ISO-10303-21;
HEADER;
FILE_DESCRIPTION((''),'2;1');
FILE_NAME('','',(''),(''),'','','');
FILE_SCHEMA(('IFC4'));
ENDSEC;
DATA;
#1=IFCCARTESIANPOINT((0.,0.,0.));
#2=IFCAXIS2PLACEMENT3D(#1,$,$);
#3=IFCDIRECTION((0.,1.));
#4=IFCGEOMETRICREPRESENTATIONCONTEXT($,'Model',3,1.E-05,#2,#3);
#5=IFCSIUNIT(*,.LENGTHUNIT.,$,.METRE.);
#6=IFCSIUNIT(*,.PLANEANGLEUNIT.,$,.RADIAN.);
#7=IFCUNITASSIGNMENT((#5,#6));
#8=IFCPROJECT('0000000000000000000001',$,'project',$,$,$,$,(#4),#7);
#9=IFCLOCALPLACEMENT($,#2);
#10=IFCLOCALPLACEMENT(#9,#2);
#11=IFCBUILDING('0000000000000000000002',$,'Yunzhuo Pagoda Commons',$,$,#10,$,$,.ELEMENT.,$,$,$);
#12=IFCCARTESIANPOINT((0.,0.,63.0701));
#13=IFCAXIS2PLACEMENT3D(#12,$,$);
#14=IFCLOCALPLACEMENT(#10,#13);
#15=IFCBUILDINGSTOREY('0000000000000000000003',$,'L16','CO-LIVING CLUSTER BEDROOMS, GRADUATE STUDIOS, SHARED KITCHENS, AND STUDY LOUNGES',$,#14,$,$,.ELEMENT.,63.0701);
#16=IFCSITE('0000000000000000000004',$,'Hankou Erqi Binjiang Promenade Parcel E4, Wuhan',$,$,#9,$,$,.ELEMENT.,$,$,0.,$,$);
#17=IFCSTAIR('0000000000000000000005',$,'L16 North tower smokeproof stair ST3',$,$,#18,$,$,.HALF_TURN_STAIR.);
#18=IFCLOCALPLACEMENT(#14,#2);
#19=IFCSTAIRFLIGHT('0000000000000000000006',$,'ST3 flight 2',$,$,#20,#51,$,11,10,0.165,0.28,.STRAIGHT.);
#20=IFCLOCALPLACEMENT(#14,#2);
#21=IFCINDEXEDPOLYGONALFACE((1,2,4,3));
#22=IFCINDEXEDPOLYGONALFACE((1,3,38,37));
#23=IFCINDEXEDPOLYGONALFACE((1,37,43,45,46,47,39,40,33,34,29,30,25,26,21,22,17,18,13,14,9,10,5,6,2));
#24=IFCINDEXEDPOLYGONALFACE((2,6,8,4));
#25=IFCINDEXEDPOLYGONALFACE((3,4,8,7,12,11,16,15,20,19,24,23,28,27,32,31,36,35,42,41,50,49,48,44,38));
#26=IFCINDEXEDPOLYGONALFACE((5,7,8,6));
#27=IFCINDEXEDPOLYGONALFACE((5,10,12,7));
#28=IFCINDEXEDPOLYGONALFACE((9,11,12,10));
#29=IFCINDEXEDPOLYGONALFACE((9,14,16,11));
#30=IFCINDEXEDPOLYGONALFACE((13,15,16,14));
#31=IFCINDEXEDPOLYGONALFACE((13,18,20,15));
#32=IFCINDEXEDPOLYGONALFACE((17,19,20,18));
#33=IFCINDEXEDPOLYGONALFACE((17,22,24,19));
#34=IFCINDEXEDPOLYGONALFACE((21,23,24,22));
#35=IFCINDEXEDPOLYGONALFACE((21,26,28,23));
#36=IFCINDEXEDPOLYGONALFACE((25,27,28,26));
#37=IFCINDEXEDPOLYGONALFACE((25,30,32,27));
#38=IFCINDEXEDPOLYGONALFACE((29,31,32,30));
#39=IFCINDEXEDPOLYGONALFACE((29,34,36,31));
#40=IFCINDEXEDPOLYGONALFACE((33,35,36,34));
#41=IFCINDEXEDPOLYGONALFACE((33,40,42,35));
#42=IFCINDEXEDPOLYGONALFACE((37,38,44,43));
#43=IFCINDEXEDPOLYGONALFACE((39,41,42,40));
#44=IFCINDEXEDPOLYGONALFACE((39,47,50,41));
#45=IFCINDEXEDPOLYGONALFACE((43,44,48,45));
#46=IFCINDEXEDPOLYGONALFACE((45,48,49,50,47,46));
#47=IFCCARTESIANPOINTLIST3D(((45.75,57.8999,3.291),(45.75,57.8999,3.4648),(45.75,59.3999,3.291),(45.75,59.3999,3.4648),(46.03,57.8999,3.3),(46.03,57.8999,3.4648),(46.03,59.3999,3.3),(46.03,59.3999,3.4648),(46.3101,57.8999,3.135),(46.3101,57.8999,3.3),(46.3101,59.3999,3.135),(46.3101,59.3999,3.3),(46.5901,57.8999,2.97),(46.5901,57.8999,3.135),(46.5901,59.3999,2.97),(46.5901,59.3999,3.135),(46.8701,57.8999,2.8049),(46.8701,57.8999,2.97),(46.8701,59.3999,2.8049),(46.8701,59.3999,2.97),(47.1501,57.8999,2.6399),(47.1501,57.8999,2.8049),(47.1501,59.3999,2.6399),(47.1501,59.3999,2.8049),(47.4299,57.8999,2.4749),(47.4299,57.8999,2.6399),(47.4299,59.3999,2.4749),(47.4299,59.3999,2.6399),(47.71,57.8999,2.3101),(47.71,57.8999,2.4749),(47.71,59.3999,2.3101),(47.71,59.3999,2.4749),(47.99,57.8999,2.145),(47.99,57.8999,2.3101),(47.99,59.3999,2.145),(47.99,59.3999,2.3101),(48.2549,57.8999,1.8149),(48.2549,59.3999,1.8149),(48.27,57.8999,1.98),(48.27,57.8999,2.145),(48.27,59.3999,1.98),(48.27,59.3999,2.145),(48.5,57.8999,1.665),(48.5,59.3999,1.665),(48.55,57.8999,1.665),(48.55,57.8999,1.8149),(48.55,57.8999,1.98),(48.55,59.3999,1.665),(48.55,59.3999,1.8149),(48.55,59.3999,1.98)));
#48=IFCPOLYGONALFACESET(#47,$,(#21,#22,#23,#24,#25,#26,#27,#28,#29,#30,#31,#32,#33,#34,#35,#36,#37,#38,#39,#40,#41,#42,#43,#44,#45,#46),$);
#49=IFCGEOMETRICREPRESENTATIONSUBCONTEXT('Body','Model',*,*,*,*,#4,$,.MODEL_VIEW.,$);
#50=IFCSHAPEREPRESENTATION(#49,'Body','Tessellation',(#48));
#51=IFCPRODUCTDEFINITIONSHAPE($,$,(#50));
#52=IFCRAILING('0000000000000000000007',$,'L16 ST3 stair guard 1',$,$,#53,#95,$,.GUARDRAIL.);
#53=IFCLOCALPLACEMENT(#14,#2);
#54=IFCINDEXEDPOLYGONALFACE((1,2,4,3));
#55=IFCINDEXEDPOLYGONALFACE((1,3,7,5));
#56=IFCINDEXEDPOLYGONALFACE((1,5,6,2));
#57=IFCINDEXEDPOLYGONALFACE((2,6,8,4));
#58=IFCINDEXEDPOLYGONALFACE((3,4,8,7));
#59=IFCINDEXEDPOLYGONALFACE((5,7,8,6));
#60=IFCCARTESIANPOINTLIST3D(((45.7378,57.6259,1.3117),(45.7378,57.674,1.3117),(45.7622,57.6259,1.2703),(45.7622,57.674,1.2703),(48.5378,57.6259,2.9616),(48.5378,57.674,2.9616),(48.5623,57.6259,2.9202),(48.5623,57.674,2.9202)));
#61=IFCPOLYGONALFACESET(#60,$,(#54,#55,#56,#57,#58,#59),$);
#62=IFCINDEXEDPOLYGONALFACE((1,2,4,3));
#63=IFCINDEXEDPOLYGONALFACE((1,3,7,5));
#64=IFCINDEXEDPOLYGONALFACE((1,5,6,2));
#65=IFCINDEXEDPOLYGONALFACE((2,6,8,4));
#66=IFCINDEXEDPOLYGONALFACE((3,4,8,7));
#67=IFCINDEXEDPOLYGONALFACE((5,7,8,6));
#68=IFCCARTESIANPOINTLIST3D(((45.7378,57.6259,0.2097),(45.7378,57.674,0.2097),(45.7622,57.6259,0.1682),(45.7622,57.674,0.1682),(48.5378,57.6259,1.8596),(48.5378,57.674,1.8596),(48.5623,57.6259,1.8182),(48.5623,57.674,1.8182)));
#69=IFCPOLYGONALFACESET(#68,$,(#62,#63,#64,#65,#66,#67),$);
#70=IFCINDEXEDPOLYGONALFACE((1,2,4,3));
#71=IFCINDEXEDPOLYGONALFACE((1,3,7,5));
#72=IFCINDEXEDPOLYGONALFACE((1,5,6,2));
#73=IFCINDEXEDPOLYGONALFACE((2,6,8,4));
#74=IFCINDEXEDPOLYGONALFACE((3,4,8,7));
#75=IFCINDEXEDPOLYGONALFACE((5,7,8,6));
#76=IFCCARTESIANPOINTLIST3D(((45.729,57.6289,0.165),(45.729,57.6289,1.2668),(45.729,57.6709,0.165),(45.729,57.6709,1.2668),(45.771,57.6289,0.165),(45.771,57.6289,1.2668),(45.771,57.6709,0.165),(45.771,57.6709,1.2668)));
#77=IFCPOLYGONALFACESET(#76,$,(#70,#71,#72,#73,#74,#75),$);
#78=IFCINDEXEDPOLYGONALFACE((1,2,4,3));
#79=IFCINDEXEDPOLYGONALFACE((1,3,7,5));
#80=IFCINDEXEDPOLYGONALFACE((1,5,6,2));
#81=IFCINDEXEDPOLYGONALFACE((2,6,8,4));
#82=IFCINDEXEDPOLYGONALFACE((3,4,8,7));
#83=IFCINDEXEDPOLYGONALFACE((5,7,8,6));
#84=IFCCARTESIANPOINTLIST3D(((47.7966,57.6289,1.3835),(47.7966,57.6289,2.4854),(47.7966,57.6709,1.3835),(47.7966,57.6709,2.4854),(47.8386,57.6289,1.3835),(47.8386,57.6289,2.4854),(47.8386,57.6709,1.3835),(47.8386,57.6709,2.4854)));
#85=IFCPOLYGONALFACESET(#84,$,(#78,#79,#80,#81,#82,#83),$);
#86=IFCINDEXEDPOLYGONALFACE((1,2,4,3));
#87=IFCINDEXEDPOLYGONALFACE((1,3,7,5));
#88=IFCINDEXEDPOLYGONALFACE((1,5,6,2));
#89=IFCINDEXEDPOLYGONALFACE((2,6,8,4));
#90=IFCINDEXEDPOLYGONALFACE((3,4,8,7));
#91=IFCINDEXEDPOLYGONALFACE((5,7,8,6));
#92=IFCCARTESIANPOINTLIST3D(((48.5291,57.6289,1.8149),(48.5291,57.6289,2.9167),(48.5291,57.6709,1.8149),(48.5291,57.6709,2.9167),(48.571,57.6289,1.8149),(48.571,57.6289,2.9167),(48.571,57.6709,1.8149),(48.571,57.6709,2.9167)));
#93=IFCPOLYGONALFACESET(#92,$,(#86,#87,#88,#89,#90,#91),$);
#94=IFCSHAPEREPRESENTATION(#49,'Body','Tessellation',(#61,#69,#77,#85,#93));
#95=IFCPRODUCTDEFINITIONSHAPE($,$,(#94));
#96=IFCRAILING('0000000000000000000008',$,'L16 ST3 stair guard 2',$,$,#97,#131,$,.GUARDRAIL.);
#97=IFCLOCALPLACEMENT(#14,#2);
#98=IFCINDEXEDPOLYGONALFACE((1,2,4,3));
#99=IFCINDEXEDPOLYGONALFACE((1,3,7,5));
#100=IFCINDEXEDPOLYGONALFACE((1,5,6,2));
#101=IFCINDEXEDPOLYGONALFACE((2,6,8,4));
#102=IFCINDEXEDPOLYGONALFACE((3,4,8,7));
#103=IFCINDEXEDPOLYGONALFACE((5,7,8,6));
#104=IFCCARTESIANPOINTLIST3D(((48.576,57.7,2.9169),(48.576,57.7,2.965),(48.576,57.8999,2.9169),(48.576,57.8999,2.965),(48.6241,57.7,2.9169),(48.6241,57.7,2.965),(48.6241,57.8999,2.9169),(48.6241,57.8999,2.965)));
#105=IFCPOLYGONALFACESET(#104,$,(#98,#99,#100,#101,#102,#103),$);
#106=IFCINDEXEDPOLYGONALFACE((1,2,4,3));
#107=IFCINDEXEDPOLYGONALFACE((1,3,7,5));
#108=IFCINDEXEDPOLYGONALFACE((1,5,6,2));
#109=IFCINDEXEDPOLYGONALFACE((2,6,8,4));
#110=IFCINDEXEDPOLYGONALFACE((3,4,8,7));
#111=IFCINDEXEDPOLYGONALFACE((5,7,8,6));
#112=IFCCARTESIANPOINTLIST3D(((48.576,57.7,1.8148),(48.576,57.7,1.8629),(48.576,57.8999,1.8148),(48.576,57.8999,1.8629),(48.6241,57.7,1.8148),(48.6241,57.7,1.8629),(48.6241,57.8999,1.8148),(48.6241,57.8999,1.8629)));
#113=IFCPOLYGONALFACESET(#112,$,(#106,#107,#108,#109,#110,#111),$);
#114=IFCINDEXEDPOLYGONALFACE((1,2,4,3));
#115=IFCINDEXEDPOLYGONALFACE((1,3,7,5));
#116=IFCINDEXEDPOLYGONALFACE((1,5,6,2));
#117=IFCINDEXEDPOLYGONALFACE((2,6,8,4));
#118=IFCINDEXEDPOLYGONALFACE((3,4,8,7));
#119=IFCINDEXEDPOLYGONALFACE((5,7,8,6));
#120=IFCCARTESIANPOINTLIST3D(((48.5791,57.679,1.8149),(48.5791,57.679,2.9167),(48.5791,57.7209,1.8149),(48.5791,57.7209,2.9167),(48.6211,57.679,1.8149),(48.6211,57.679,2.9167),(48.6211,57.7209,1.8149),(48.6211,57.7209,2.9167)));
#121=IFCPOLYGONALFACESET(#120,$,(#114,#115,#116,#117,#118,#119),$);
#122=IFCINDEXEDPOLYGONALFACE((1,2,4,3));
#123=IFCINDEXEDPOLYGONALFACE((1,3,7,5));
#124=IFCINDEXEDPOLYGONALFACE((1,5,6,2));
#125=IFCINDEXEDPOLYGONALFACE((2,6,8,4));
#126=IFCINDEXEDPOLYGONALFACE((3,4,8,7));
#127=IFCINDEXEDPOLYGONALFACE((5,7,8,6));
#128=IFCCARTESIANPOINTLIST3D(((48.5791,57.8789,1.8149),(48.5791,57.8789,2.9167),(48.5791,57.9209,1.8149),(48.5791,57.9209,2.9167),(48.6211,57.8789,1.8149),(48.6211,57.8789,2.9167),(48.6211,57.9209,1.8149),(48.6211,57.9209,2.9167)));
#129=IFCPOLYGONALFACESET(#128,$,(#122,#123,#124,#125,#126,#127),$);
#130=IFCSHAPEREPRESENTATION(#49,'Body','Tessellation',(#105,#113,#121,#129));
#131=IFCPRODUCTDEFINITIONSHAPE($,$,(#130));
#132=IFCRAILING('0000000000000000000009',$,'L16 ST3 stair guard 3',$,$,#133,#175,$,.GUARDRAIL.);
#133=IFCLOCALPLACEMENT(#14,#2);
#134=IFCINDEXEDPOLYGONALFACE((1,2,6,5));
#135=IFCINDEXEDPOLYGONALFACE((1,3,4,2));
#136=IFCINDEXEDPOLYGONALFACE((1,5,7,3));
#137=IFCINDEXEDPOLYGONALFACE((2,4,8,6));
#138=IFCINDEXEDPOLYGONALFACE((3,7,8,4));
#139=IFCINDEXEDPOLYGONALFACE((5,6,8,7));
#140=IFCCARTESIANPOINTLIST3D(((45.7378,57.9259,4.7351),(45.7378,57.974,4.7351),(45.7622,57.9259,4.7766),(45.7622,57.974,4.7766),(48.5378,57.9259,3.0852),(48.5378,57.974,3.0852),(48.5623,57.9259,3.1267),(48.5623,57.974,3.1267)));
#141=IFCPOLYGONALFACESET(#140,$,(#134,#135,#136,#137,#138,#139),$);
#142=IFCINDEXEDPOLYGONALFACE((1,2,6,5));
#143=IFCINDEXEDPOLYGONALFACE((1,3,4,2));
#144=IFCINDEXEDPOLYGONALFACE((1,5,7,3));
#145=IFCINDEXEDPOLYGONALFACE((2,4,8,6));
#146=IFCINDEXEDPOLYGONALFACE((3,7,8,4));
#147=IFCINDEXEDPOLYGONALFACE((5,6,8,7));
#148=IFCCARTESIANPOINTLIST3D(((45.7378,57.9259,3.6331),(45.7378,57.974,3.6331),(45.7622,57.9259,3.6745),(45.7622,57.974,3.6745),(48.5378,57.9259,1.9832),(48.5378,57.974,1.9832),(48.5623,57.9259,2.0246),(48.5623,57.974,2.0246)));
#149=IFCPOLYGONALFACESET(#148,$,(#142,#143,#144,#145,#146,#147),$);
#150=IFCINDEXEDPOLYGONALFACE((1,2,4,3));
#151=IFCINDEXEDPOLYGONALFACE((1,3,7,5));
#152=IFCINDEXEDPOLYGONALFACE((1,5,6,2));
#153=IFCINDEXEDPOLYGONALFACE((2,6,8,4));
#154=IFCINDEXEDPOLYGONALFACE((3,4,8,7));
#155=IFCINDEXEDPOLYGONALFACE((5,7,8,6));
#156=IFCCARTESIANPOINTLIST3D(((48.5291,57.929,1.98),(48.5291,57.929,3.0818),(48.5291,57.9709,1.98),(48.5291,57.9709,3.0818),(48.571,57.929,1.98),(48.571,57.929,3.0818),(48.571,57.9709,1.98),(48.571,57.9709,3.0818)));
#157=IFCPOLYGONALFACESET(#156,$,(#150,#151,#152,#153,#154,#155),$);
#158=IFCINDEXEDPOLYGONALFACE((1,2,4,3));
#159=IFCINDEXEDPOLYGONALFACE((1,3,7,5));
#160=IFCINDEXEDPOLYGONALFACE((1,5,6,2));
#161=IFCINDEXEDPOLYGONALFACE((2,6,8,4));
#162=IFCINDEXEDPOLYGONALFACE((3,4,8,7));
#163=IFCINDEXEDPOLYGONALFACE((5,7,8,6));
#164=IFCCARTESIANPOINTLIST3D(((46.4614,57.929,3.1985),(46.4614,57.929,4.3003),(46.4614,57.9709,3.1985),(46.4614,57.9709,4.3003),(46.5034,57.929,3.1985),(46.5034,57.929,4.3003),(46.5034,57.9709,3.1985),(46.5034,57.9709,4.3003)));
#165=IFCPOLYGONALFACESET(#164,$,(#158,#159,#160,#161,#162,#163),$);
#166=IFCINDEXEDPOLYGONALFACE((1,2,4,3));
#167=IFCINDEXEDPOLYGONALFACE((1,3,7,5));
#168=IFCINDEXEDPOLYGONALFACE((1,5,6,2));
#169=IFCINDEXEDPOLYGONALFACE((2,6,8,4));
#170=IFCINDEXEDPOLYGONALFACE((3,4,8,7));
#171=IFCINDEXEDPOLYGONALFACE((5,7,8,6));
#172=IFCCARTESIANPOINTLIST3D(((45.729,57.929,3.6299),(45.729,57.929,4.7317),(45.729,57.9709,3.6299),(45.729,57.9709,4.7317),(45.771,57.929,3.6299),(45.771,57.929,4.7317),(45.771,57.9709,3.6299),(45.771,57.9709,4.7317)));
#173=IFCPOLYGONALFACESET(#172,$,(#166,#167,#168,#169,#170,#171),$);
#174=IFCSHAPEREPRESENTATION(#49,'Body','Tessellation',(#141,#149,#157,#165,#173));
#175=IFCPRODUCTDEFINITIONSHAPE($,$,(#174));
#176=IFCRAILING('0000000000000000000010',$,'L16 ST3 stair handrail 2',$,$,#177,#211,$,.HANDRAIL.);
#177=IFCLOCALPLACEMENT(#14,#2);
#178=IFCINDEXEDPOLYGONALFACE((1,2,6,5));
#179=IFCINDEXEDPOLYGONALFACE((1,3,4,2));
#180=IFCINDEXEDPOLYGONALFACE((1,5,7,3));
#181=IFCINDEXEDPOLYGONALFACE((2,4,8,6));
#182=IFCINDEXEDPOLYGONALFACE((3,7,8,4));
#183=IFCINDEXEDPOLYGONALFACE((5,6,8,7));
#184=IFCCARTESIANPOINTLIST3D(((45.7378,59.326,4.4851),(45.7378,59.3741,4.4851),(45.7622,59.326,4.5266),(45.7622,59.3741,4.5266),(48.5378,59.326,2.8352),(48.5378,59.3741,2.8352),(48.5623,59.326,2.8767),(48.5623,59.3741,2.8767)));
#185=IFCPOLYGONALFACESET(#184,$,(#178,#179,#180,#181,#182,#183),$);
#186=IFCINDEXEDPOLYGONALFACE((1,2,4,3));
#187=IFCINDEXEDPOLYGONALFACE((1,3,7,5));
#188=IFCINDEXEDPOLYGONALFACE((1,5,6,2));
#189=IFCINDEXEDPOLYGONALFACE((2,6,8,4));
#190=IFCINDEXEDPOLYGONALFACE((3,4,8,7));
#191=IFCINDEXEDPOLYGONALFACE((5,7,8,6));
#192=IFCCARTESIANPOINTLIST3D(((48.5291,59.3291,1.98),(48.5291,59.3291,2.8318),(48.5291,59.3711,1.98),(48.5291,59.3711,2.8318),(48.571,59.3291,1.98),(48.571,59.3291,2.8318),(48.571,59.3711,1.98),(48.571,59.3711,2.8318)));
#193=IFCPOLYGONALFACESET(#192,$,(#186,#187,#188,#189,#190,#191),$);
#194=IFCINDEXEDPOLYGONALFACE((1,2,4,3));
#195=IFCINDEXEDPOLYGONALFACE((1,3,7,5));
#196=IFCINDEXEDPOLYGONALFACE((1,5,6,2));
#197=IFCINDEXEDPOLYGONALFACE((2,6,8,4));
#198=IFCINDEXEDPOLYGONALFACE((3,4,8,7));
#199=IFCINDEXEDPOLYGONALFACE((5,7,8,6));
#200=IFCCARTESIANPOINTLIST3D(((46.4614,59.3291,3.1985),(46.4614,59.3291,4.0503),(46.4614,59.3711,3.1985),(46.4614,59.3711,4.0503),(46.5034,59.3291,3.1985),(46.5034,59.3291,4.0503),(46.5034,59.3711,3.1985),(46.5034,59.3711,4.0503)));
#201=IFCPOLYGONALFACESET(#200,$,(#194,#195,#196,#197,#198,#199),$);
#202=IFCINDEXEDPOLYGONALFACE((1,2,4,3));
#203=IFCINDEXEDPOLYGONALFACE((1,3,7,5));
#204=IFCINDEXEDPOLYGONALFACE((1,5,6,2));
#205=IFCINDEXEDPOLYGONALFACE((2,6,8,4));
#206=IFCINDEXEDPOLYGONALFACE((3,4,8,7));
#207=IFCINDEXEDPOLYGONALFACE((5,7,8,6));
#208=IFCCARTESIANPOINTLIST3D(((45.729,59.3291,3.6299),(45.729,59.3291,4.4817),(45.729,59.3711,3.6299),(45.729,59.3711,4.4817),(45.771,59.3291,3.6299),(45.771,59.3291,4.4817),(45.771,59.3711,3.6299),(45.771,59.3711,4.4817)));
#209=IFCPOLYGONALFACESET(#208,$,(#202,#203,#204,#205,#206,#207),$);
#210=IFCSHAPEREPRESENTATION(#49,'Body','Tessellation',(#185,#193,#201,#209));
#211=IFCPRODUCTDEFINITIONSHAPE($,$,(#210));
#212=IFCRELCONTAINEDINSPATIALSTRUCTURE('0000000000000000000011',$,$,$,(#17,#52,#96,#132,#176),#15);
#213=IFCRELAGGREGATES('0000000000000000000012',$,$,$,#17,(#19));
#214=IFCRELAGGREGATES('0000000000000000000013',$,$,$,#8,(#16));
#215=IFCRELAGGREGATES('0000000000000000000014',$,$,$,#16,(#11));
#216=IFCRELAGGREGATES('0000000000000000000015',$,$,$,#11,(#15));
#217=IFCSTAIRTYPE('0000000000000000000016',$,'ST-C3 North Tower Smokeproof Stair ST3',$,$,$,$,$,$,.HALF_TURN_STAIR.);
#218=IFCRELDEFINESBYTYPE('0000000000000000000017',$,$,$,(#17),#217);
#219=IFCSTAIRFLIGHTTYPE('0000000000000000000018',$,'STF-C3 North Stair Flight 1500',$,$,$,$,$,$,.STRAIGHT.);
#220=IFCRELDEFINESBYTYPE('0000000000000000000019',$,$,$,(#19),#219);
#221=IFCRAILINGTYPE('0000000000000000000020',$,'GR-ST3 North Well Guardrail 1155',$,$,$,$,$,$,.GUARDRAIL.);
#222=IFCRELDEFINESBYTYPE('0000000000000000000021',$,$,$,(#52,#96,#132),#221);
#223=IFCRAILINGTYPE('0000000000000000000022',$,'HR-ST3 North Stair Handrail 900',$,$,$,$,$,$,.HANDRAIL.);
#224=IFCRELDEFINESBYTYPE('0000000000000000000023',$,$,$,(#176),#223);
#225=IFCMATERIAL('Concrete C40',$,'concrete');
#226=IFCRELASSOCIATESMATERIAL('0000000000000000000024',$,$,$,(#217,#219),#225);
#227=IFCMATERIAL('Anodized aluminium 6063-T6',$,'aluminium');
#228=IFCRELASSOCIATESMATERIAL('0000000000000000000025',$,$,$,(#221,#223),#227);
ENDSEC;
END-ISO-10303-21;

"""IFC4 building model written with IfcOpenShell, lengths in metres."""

from ifc_helpers import new_model, si_unit, direction, frame, origin, origin_2d, place, context, subcontext, project, spatial, polyline, rectangle, outline, extrude, source, transform, mapped, material, type_object, element, aggregate, save


model = new_model("IFC4")

# Units and contexts
model_context = context("Model", 3, precision=1e-05, world=origin(), true_north=direction((0.0, 1.0)))
body_context = subcontext(model_context, "Body", "Model", "MODEL_VIEW")
ifc_project = project(units=[si_unit("LENGTHUNIT", "METRE"), si_unit("PLANEANGLEUNIT", "RADIAN")], contexts=[model_context])

# Site, building, storey
site_placement = place(None, origin())
site = spatial("IfcSite", under=ifc_project, at=site_placement, Name="Hankou Erqi Binjiang Promenade Parcel E4, Wuhan", CompositionType="ELEMENT", RefElevation=0.0)
building_placement = place(site_placement, origin())
building = spatial("IfcBuilding", under=site, at=building_placement, Name="Yunzhuo Pagoda Commons", CompositionType="ELEMENT")
storey_placement = place(building_placement, frame((0.0, 0.0, 63.0701)))
storey = spatial("IfcBuildingStorey", under=building, at=storey_placement, Name="L16", Description="CO-LIVING CLUSTER BEDROOMS, GRADUATE STUDIOS, SHARED KITCHENS, AND STUDY LOUNGES", CompositionType="ELEMENT", Elevation=63.0701)

# Shared definitions
ifc_material_1 = material(Name="Anodized aluminium 6063-T6", Category="aluminium")

# Stair, stair flight
ifc_material_2 = material(Name="Concrete C40", Category="concrete")
stair_type = type_object("IfcStairType", Name="ST-C3 North Tower Smokeproof Stair ST3", PredefinedType="HALF_TURN_STAIR", material=ifc_material_2)
stair_placement = place(storey_placement, origin())
stair = element("IfcStair", 1, at=stair_placement, inside=storey, type_object=stair_type, Name="L16 North tower smokeproof stair ST3", PredefinedType="HALF_TURN_STAIR")
stair_flight_type = type_object("IfcStairFlightType", Name="STF-C3 North Stair Flight 1500", PredefinedType="STRAIGHT", material=ifc_material_2)
shared_shape_1 = source(origin(), body_context, "Body", "SweptSolid", [
    extrude(outline(polyline([(0.0, -0.1499), (0.0, 0.0), (0.0, 0.165), (0.28, 0.165), (0.28, 0.3301), (0.5601, 0.3301), (0.5601, 0.4951), (0.8401, 0.4951), (0.8401, 0.6599), (1.1201, 0.6599), (1.1201, 0.825), (1.3999, 0.825), (1.3999, 0.99), (1.6799, 0.99), (1.6799, 1.155), (1.96, 1.155), (1.96, 1.3201), (2.24, 1.3201), (2.24, 1.4851), (2.52, 1.4851), (2.52, 1.6499), (2.8, 1.6499), (2.8, 1.8149), (2.8, 1.4761), (0.2952, 0.0), (0.05, -0.1499), (0.0, -0.1499)])), frame((0.0, 0.75, 0.0), z_axis=(0.0, -1.0, 0.0), x_axis=(1.0, 0.0, 0.0)), (0.0, 0.0, 1.0), 1.5),
])
stair_flight_placement = place(storey_placement, frame((48.55, 58.6499, 1.8149), z_axis=(0.0, 0.0, 1.0), x_axis=(-1.0, 0.0, 0.0)))
stair_flight = element("IfcStairFlight", 2, at=stair_flight_placement, type_object=stair_flight_type, Name="ST3 flight 2", NumberOfRisers=11, NumberOfTreads=10, PredefinedType="STRAIGHT", RiserHeight=0.165, TreadLength=0.28, context=body_context, shape_type="MappedRepresentation", body=[
    mapped(shared_shape_1, transform((0.0, 0.0, 0.0), scale=1.0)),
])
aggregate(stair, [stair_flight])

# Railings
railing_type_1 = type_object("IfcRailingType", Name="GR-ST3 North Well Guardrail 1155", PredefinedType="GUARDRAIL", material=ifc_material_1)
railing_1_placement = place(storey_placement, frame((45.75, 57.6499, 0.165)))
element("IfcRailing", 3, at=railing_1_placement, inside=storey, type_object=railing_type_1, Name="L16 ST3 stair guard 1", PredefinedType="GUARDRAIL", context=body_context, shape_type="SweptSolid", body=[
    extrude(rectangle(XDim=0.0481, YDim=0.0481, at=origin_2d()), frame((0.0, 0.0, 1.126), z_axis=(0.861555, 0.0, 0.507663), x_axis=(0.0, 1.0, 0.0)), (0.0, 0.0, 1.0), 3.25),
    extrude(rectangle(XDim=0.0481, YDim=0.0481, at=origin_2d()), frame((0.0, 0.0, 0.0239), z_axis=(0.861555, 0.0, 0.507663), x_axis=(0.0, 1.0, 0.0)), (0.0, 0.0, 1.0), 3.25),
    extrude(rectangle(XDim=0.042, YDim=0.042, at=origin_2d()), origin(), (0.0, 0.0, 1.0), 1.1018),
    extrude(rectangle(XDim=0.042, YDim=0.042, at=origin_2d()), frame((2.0676, 0.0, 1.2185)), (0.0, 0.0, 1.0), 1.1018),
    extrude(rectangle(XDim=0.042, YDim=0.042, at=origin_2d()), frame((2.8, 0.0, 1.6499)), (0.0, 0.0, 1.0), 1.1018),
])
railing_2_placement = place(storey_placement, frame((48.6001, 57.7, 1.8149)))
element("IfcRailing", 4, at=railing_2_placement, inside=storey, type_object=railing_type_1, Name="L16 ST3 stair guard 2", PredefinedType="GUARDRAIL", context=body_context, shape_type="SweptSolid", body=[
    extrude(rectangle(XDim=0.0481, YDim=0.0481, at=origin_2d()), frame((0.0, 0.0, 1.126), z_axis=(0.0, 1.0, 0.0), x_axis=(-1.0, 0.0, 0.0)), (0.0, 0.0, 1.0), 0.2),
    extrude(rectangle(XDim=0.0481, YDim=0.0481, at=origin_2d()), frame((0.0, 0.0, 0.0239), z_axis=(0.0, 1.0, 0.0), x_axis=(-1.0, 0.0, 0.0)), (0.0, 0.0, 1.0), 0.2),
    extrude(rectangle(XDim=0.042, YDim=0.042, at=origin_2d()), origin(), (0.0, 0.0, 1.0), 1.1018),
    extrude(rectangle(XDim=0.042, YDim=0.042, at=origin_2d()), frame((0.0, 0.2, 0.0)), (0.0, 0.0, 1.0), 1.1018),
])
railing_3_placement = place(storey_placement, frame((48.55, 57.95, 1.98)))
element("IfcRailing", 5, at=railing_3_placement, inside=storey, type_object=railing_type_1, Name="L16 ST3 stair guard 3", PredefinedType="GUARDRAIL", context=body_context, shape_type="SweptSolid", body=[
    extrude(rectangle(XDim=0.0481, YDim=0.0481, at=origin_2d()), frame((0.0, 0.0, 1.126), z_axis=(-0.861555, 0.0, 0.507663), x_axis=(0.0, -1.0, 0.0)), (0.0, 0.0, 1.0), 3.25),
    extrude(rectangle(XDim=0.0481, YDim=0.0481, at=origin_2d()), frame((0.0, 0.0, 0.0239), z_axis=(-0.861555, 0.0, 0.507663), x_axis=(0.0, -1.0, 0.0)), (0.0, 0.0, 1.0), 3.25),
    extrude(rectangle(XDim=0.042, YDim=0.042, at=origin_2d()), origin(), (0.0, 0.0, 1.0), 1.1018),
    extrude(rectangle(XDim=0.042, YDim=0.042, at=origin_2d()), frame((-2.0676, 0.0, 1.2185)), (0.0, 0.0, 1.0), 1.1018),
    extrude(rectangle(XDim=0.042, YDim=0.042, at=origin_2d()), frame((-2.8, 0.0, 1.6499)), (0.0, 0.0, 1.0), 1.1018),
])
railing_type_2 = type_object("IfcRailingType", Name="HR-ST3 North Stair Handrail 900", PredefinedType="HANDRAIL", material=ifc_material_1)
railing_4_placement = place(storey_placement, frame((48.55, 59.3501, 1.98)))
element("IfcRailing", 6, at=railing_4_placement, inside=storey, type_object=railing_type_2, Name="L16 ST3 stair handrail 2", PredefinedType="HANDRAIL", context=body_context, shape_type="SweptSolid", body=[
    extrude(rectangle(XDim=0.0481, YDim=0.0481, at=origin_2d()), frame((0.0, 0.0, 0.876), z_axis=(-0.861555, 0.0, 0.507663), x_axis=(0.0, -1.0, 0.0)), (0.0, 0.0, 1.0), 3.25),
    extrude(rectangle(XDim=0.042, YDim=0.042, at=origin_2d()), origin(), (0.0, 0.0, 1.0), 0.8518),
    extrude(rectangle(XDim=0.042, YDim=0.042, at=origin_2d()), frame((-2.0676, 0.0, 1.2185)), (0.0, 0.0, 1.0), 0.8518),
    extrude(rectangle(XDim=0.042, YDim=0.042, at=origin_2d()), frame((-2.8, 0.0, 1.6499)), (0.0, 0.0, 1.0), 0.8518),
])

save(model, "model.ifc")
